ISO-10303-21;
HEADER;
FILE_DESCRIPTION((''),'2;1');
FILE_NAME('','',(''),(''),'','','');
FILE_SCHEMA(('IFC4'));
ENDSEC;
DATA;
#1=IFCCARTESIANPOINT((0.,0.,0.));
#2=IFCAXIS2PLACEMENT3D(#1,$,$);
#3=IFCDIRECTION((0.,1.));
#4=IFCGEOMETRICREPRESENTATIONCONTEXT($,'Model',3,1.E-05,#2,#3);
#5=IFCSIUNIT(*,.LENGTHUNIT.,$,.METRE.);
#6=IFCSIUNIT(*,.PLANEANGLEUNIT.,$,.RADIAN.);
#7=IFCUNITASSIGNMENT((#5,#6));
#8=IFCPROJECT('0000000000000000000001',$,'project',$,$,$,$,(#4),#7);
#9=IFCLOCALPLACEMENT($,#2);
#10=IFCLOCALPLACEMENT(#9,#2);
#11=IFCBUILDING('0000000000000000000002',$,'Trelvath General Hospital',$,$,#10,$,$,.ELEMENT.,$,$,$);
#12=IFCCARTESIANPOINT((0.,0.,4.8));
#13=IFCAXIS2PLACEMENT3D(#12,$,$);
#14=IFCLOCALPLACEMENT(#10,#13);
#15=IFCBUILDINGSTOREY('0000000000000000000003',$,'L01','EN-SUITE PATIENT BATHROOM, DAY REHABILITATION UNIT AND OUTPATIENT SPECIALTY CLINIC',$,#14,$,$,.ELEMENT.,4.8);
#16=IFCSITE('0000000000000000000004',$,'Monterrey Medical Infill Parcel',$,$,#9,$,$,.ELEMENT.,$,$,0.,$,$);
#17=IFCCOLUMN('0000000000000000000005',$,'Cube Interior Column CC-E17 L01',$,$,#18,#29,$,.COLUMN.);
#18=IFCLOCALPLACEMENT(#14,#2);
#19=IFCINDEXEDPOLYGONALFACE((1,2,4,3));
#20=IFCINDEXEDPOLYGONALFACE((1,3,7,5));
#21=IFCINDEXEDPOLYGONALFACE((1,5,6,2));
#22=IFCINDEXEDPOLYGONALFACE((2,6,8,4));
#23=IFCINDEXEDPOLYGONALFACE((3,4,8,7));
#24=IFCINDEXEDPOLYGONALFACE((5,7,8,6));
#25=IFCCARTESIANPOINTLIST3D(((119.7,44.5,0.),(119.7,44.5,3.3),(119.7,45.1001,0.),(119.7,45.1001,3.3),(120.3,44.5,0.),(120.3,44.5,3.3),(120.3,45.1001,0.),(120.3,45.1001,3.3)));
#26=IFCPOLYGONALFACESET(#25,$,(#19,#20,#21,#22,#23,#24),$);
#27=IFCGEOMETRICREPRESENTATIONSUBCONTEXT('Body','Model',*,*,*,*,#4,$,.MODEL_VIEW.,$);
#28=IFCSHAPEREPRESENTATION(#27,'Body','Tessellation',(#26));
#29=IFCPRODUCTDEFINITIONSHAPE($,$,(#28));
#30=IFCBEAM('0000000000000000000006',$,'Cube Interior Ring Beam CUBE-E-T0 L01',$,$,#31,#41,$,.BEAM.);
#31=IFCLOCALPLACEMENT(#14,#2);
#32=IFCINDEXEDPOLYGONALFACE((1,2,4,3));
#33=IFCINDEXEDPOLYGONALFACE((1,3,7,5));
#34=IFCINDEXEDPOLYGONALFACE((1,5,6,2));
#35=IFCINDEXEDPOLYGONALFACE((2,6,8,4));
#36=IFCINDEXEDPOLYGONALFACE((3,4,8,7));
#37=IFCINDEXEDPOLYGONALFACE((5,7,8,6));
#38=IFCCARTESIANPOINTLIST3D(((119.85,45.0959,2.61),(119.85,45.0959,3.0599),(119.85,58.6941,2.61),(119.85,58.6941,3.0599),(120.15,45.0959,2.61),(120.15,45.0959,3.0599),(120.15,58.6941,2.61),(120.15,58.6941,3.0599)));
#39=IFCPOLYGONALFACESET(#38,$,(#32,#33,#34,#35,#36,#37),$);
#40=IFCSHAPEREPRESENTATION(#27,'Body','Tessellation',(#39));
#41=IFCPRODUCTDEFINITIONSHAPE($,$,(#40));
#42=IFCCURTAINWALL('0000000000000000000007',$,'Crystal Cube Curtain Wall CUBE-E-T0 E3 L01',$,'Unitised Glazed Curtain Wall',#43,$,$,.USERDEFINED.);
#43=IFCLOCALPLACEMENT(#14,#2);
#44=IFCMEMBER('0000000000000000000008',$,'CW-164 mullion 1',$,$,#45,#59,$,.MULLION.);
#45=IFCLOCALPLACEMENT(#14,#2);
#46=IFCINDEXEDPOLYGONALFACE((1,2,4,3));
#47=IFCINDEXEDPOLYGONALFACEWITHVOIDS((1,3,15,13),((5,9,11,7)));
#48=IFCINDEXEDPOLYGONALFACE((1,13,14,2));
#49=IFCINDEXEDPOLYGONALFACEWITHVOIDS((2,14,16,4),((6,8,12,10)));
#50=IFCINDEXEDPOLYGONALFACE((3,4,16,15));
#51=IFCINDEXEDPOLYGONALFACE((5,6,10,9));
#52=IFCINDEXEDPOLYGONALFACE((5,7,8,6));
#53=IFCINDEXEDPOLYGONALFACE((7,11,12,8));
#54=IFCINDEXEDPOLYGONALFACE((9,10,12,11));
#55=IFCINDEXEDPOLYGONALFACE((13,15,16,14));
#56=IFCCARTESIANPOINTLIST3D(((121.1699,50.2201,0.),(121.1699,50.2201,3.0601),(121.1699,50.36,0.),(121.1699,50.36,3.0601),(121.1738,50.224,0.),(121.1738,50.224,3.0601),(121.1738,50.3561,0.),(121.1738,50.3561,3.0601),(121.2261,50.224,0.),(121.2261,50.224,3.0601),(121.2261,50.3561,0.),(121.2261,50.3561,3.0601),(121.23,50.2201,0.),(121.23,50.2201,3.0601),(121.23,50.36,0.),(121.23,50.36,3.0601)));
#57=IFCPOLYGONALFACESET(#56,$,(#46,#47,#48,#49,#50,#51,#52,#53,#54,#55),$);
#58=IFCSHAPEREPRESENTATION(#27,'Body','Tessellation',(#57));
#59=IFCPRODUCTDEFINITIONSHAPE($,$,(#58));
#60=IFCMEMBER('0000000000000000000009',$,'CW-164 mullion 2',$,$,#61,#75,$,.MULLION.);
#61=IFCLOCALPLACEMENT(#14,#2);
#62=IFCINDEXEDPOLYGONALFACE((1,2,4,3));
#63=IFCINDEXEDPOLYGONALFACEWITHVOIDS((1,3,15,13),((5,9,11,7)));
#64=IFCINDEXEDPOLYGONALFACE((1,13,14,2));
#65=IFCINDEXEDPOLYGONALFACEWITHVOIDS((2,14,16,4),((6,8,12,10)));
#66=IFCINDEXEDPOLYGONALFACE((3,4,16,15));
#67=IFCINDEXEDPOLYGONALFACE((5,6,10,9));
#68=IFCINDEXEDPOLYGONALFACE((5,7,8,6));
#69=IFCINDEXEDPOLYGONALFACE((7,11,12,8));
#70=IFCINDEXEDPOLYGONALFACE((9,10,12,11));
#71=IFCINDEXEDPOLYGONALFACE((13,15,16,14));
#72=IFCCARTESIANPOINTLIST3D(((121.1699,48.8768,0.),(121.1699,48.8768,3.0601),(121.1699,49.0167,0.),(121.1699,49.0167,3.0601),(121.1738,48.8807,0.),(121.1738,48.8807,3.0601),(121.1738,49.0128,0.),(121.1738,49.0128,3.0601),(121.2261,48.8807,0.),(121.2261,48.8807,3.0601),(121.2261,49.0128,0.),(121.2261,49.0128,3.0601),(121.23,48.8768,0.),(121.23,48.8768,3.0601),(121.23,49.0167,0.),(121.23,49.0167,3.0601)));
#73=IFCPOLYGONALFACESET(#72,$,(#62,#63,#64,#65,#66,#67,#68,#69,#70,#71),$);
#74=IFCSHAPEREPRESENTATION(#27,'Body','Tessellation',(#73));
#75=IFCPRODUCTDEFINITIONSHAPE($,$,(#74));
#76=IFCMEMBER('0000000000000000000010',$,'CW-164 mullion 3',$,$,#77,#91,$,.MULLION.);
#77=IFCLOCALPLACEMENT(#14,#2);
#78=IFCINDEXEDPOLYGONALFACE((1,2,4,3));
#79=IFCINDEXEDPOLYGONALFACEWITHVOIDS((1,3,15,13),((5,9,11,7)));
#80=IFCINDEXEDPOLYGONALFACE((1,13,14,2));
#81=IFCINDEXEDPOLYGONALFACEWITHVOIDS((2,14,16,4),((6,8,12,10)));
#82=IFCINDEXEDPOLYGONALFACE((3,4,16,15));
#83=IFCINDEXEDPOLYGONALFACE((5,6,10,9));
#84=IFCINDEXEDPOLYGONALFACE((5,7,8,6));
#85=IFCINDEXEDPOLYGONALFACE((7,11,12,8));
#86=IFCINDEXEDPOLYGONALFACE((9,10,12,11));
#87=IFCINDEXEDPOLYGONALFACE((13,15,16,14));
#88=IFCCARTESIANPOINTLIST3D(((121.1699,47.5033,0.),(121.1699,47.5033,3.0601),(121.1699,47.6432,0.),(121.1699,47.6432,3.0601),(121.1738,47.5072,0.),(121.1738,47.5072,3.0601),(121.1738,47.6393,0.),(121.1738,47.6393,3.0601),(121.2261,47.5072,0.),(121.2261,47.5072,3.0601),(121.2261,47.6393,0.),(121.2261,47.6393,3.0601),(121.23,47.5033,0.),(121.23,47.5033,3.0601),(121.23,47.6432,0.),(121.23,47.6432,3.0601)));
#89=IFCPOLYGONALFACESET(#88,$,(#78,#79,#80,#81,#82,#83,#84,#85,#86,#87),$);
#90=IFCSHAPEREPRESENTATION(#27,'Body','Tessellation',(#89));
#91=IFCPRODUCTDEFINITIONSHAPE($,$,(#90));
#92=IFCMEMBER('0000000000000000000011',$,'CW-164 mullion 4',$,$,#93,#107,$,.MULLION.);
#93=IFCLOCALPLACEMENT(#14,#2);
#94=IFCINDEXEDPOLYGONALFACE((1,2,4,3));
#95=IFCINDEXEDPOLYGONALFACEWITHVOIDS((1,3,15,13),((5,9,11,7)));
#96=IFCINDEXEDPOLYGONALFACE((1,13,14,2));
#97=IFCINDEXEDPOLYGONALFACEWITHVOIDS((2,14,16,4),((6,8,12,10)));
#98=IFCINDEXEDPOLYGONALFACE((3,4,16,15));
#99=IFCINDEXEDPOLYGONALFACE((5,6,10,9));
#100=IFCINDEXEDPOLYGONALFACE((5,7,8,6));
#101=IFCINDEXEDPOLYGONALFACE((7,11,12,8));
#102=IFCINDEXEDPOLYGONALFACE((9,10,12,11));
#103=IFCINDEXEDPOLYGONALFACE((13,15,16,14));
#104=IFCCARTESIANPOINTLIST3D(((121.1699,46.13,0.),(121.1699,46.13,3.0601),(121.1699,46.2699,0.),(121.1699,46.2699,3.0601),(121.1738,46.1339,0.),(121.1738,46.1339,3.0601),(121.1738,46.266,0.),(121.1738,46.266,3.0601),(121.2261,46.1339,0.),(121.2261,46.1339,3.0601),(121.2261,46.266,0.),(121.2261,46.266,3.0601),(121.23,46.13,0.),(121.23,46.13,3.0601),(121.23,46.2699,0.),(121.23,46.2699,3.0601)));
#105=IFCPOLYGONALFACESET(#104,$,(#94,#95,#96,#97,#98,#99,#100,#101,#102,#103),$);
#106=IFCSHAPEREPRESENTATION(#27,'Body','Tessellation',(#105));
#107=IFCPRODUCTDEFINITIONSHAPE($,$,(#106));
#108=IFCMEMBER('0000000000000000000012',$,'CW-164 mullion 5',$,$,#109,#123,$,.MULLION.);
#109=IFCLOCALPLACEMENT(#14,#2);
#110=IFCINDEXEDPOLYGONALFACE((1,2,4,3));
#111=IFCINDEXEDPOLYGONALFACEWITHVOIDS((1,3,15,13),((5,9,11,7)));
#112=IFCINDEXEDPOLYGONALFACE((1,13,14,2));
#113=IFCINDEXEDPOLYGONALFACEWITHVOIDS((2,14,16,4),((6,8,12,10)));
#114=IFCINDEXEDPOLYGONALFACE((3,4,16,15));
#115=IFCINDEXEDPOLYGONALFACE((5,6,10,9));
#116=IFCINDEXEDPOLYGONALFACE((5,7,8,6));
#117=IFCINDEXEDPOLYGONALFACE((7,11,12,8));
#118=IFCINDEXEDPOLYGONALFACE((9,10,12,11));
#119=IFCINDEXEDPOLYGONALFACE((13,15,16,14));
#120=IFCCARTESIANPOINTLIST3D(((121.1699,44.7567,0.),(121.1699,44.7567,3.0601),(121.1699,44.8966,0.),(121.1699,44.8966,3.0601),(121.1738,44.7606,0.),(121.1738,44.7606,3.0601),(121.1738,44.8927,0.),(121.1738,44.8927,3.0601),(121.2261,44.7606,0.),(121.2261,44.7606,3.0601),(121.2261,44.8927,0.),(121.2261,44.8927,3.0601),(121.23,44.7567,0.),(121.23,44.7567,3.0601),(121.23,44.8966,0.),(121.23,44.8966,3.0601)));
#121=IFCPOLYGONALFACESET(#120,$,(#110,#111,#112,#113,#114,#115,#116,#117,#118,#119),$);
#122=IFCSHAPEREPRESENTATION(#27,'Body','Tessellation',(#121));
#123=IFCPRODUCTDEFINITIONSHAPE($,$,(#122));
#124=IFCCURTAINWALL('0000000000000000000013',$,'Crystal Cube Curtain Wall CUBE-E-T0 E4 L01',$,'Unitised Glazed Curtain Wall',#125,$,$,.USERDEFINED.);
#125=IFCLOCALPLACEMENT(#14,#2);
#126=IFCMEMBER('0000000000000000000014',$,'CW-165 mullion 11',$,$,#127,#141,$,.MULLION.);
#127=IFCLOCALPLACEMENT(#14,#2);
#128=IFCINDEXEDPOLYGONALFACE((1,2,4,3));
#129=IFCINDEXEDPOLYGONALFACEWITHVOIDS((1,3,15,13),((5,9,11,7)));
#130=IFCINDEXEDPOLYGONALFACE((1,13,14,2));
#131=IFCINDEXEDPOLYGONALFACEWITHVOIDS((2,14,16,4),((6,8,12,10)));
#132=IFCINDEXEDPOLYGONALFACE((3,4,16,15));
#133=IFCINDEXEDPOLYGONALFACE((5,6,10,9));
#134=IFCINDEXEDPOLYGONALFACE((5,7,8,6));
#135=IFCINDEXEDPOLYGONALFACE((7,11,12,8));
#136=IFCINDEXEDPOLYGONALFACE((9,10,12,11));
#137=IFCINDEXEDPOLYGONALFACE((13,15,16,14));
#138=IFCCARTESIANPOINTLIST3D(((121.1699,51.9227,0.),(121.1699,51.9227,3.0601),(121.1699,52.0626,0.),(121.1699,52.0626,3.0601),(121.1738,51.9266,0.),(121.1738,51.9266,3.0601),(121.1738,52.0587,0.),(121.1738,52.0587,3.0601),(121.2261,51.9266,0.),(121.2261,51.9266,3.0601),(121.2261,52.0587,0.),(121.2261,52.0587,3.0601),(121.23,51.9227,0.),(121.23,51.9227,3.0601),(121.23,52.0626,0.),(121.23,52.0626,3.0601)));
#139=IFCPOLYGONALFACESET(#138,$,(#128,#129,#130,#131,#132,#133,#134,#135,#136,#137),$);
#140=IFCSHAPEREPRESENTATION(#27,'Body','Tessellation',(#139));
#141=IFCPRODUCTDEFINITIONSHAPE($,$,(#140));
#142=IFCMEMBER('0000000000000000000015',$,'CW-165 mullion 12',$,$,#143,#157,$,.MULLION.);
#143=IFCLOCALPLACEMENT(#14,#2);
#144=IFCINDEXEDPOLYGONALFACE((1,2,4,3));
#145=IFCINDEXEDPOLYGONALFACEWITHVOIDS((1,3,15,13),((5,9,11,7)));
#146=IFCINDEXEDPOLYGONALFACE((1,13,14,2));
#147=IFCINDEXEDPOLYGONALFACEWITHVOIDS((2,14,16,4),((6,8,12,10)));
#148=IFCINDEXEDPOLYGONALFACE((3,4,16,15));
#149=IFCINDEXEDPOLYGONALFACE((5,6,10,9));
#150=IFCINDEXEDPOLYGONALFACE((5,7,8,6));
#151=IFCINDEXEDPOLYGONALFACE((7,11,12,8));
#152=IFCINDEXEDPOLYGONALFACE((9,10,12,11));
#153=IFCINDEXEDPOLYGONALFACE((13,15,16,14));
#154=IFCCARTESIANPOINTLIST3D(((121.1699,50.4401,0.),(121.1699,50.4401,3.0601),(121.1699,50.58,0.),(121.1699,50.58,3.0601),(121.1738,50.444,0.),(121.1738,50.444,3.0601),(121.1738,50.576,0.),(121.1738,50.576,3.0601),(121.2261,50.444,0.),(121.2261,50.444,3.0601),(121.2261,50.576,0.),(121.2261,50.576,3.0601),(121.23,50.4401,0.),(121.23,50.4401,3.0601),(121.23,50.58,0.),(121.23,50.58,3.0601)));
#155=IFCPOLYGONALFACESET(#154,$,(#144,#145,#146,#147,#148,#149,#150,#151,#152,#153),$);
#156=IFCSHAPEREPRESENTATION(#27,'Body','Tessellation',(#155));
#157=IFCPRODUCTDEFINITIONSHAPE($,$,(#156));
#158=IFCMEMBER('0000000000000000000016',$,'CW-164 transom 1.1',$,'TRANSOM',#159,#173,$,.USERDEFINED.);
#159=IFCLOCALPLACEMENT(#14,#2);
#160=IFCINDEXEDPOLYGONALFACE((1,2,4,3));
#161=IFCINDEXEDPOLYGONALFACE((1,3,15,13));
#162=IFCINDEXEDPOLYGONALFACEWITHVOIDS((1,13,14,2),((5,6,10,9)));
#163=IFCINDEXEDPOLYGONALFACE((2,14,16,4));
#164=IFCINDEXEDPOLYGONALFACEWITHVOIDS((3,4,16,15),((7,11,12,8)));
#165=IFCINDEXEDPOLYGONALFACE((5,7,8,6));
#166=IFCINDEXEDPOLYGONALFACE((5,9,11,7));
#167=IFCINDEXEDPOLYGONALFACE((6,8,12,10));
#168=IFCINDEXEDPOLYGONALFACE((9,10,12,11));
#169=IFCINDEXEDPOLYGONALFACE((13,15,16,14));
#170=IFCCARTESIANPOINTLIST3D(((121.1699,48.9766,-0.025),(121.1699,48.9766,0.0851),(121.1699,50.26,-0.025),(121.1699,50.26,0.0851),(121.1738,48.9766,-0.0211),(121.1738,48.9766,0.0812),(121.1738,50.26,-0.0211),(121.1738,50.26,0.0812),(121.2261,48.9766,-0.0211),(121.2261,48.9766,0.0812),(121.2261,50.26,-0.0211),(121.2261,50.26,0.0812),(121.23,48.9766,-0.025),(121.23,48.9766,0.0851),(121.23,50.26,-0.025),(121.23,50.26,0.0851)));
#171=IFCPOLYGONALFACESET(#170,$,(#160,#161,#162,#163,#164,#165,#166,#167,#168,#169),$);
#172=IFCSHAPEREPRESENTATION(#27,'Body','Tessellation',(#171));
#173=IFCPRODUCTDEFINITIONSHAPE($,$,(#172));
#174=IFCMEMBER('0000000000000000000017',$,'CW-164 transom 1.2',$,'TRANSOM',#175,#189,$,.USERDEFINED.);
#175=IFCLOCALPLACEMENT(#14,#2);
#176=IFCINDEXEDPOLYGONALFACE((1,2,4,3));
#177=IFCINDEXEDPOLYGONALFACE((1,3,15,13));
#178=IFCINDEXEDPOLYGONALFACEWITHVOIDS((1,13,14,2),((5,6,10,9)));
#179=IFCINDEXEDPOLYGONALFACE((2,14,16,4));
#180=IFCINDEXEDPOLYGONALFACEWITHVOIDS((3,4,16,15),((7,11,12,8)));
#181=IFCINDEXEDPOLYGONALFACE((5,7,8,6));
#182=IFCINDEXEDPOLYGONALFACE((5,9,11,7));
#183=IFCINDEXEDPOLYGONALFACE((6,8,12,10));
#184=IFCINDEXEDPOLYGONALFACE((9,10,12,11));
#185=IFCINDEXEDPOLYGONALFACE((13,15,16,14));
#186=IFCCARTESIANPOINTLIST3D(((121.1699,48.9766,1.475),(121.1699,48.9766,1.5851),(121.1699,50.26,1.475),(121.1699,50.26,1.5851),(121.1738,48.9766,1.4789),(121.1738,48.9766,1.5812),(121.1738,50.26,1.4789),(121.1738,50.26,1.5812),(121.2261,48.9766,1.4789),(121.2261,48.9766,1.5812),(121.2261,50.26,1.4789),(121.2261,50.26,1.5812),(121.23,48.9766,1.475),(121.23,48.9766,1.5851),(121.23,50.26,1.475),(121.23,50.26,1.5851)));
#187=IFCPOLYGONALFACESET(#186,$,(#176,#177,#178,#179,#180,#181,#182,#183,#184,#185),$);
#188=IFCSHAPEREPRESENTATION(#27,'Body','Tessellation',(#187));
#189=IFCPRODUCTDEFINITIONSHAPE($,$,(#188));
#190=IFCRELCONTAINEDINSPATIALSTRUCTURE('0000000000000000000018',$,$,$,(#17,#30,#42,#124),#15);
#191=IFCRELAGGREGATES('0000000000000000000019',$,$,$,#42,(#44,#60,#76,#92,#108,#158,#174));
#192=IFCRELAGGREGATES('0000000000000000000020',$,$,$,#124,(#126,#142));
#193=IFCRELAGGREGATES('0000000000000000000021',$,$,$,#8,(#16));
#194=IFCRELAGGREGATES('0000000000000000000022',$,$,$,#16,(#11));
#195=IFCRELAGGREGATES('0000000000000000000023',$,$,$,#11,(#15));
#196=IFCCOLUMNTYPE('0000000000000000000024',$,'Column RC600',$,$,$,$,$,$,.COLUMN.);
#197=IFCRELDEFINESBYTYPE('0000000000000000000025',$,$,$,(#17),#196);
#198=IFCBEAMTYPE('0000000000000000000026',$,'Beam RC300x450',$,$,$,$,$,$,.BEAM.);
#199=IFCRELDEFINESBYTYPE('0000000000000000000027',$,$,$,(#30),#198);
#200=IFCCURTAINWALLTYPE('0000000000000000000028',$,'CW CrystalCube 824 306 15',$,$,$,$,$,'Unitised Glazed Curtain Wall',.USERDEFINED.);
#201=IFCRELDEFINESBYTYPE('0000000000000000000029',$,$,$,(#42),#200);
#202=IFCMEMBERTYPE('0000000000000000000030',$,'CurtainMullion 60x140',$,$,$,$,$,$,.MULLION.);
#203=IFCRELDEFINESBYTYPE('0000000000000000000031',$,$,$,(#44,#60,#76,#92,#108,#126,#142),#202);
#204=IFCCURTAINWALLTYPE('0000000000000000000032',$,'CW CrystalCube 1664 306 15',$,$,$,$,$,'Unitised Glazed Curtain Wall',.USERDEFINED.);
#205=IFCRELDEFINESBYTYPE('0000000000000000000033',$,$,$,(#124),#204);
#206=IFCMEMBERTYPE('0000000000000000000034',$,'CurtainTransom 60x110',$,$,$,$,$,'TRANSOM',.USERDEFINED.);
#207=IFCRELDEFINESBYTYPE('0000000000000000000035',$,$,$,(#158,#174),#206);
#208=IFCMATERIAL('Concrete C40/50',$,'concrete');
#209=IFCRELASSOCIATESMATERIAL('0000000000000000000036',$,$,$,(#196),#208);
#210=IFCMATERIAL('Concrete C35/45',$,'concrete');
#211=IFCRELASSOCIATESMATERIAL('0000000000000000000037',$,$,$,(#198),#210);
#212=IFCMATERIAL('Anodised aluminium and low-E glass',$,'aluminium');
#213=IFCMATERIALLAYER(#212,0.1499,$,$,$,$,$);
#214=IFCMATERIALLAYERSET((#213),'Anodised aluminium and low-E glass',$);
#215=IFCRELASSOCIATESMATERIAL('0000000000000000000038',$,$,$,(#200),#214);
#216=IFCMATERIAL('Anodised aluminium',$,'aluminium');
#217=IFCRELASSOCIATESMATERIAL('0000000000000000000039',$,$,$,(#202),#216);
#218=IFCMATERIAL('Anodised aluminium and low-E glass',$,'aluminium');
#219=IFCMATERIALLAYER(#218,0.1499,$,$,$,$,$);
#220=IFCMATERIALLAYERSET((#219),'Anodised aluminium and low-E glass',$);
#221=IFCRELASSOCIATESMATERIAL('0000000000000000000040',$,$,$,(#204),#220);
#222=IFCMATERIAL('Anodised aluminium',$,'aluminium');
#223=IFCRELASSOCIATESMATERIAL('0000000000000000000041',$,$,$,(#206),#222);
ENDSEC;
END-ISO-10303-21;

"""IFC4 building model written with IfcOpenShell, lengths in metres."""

from ifc_helpers import new_model, si_unit, direction, frame, origin, origin_2d, place, context, subcontext, project, spatial, rectangle, hollow_rectangle, extrude, material, layer, layer_set, material_profile, profile_set, type_object, element, aggregate, save


model = new_model("IFC4")

# Units and contexts
model_context = context("Model", 3, precision=1e-05, world=origin(), true_north=direction((0.0, 1.0)))
body_context = subcontext(model_context, "Body", "Model", "MODEL_VIEW")
ifc_project = project(units=[si_unit("LENGTHUNIT", "METRE"), si_unit("PLANEANGLEUNIT", "RADIAN")], contexts=[model_context])

# Site, building, storey
site_placement = place(None, origin())
site = spatial("IfcSite", under=ifc_project, at=site_placement, Name="Monterrey Medical Infill Parcel", CompositionType="ELEMENT", RefElevation=0.0)
building_placement = place(site_placement, origin())
building = spatial("IfcBuilding", under=site, at=building_placement, Name="Trelvath General Hospital", CompositionType="ELEMENT")
storey_placement = place(building_placement, frame((0.0, 0.0, 4.8)))
storey = spatial("IfcBuildingStorey", under=building, at=storey_placement, Name="L01", Description="EN-SUITE PATIENT BATHROOM, DAY REHABILITATION UNIT AND OUTPATIENT SPECIALTY CLINIC", CompositionType="ELEMENT", Elevation=4.8)

# Column
ifc_material_1 = material(Name="Concrete C40/50", Category="concrete")
ifc_material_profile_1 = material_profile(ifc_material_1, rectangle(XDim=0.6001, YDim=0.6001, at=origin_2d()), Name="RC600x600")
ifc_profile_set_1 = profile_set([ifc_material_profile_1], Name="Concrete C40/50")
column_type = type_object("IfcColumnType", Name="Column RC600", PredefinedType="COLUMN", material=ifc_profile_set_1)
column_placement = place(storey_placement, frame((120.0, 44.8, 0.0), z_axis=(0.0, 0.0, 1.0), x_axis=(1.0, 0.0, 0.0)))
element("IfcColumn", 1, at=column_placement, inside=storey, type_object=column_type, Name="Cube Interior Column CC-E17 L01", PredefinedType="COLUMN", context=body_context, shape_type="SweptSolid", body=[
    extrude(rectangle(XDim=0.6001, YDim=0.6001, at=origin_2d()), origin(), (0.0, 0.0, 1.0), 3.3),
])

# Beam
ifc_material_2 = material(Name="Concrete C35/45", Category="concrete")
ifc_material_profile_2 = material_profile(ifc_material_2, rectangle(XDim=0.3, YDim=0.45, at=origin_2d()), Name="RCB300x450")
ifc_profile_set_2 = profile_set([ifc_material_profile_2], Name="Concrete C35/45")
beam_type = type_object("IfcBeamType", Name="Beam RC300x450", PredefinedType="BEAM", material=ifc_profile_set_2)
beam_placement = place(storey_placement, frame((120.0, 45.0959, 2.835), z_axis=(0.0, 1.0, 0.0), x_axis=(-1.0, 0.0, 0.0)))
element("IfcBeam", 2, at=beam_placement, inside=storey, type_object=beam_type, Name="Cube Interior Ring Beam CUBE-E-T0 L01", PredefinedType="BEAM", context=body_context, shape_type="SweptSolid", body=[
    extrude(rectangle(XDim=0.3, YDim=0.45, at=origin_2d()), origin(), (0.0, 0.0, 1.0), 13.5981),
])

# Curtain walls, members
ifc_material_3 = material(Name="Anodised aluminium and low-E glass", Category="aluminium")
ifc_layer_1 = layer(ifc_material_3, 0.1499)
ifc_layer_set_1 = layer_set([ifc_layer_1], Name="Anodised aluminium and low-E glass")
curtain_wall_type_1 = type_object("IfcCurtainWallType", Name="CW CrystalCube 824 306 15", ElementType="Unitised Glazed Curtain Wall", PredefinedType="USERDEFINED", material=ifc_layer_set_1)
curtain_wall_1_placement = place(storey_placement, origin())
curtain_wall_1 = element("IfcCurtainWall", 3, at=curtain_wall_1_placement, inside=storey, type_object=curtain_wall_type_1, Name="Crystal Cube Curtain Wall CUBE-E-T0 E3 L01", ObjectType="Unitised Glazed Curtain Wall", PredefinedType="USERDEFINED")
ifc_material_4 = material(Name="Anodised aluminium", Category="aluminium")
ifc_material_profile_3 = material_profile(ifc_material_4, hollow_rectangle(XDim=0.0601, YDim=0.1399, WallThickness=0.0039, at=origin_2d()), Name="RHS60x140x4")
ifc_profile_set_3 = profile_set([ifc_material_profile_3], Name="Anodised aluminium")
member_type_1 = type_object("IfcMemberType", Name="CurtainMullion 60x140", PredefinedType="MULLION", material=ifc_profile_set_3)
member_1_placement = place(storey_placement, frame((121.2, 50.29, 0.0), z_axis=(0.0, 0.0, 1.0), x_axis=(1.0, 0.0, 0.0)))
member_1 = element("IfcMember", 4, at=member_1_placement, type_object=member_type_1, Name="CW-164 mullion 1", PredefinedType="MULLION", context=body_context, shape_type="SweptSolid", body=[
    extrude(hollow_rectangle(XDim=0.0601, YDim=0.1399, WallThickness=0.0039, at=origin_2d()), origin(), (0.0, 0.0, 1.0), 3.0601),
])
member_2_placement = place(storey_placement, frame((121.2, 48.9468, 0.0), z_axis=(0.0, 0.0, 1.0), x_axis=(1.0, 0.0, 0.0)))
member_2 = element("IfcMember", 5, at=member_2_placement, type_object=member_type_1, Name="CW-164 mullion 2", PredefinedType="MULLION", context=body_context, shape_type="SweptSolid", body=[
    extrude(hollow_rectangle(XDim=0.0601, YDim=0.1399, WallThickness=0.0039, at=origin_2d()), origin(), (0.0, 0.0, 1.0), 3.0601),
])
member_3_placement = place(storey_placement, frame((121.2, 47.5732, 0.0), z_axis=(0.0, 0.0, 1.0), x_axis=(1.0, 0.0, 0.0)))
member_3 = element("IfcMember", 6, at=member_3_placement, type_object=member_type_1, Name="CW-164 mullion 3", PredefinedType="MULLION", context=body_context, shape_type="SweptSolid", body=[
    extrude(hollow_rectangle(XDim=0.0601, YDim=0.1399, WallThickness=0.0039, at=origin_2d()), origin(), (0.0, 0.0, 1.0), 3.0601),
])
member_4_placement = place(storey_placement, frame((121.2, 46.2, 0.0), z_axis=(0.0, 0.0, 1.0), x_axis=(1.0, 0.0, 0.0)))
member_4 = element("IfcMember", 7, at=member_4_placement, type_object=member_type_1, Name="CW-164 mullion 4", PredefinedType="MULLION", context=body_context, shape_type="SweptSolid", body=[
    extrude(hollow_rectangle(XDim=0.0601, YDim=0.1399, WallThickness=0.0039, at=origin_2d()), origin(), (0.0, 0.0, 1.0), 3.0601),
])
member_5_placement = place(storey_placement, frame((121.2, 44.8267, 0.0), z_axis=(0.0, 0.0, 1.0), x_axis=(1.0, 0.0, 0.0)))
member_5 = element("IfcMember", 8, at=member_5_placement, type_object=member_type_1, Name="CW-164 mullion 5", PredefinedType="MULLION", context=body_context, shape_type="SweptSolid", body=[
    extrude(hollow_rectangle(XDim=0.0601, YDim=0.1399, WallThickness=0.0039, at=origin_2d()), origin(), (0.0, 0.0, 1.0), 3.0601),
])
ifc_material_5 = material(Name="Anodised aluminium and low-E glass", Category="aluminium")
ifc_layer_2 = layer(ifc_material_5, 0.1499)
ifc_layer_set_2 = layer_set([ifc_layer_2], Name="Anodised aluminium and low-E glass")
curtain_wall_type_2 = type_object("IfcCurtainWallType", Name="CW CrystalCube 1664 306 15", ElementType="Unitised Glazed Curtain Wall", PredefinedType="USERDEFINED", material=ifc_layer_set_2)
curtain_wall_2_placement = place(storey_placement, origin())
curtain_wall_2 = element("IfcCurtainWall", 9, at=curtain_wall_2_placement, inside=storey, type_object=curtain_wall_type_2, Name="Crystal Cube Curtain Wall CUBE-E-T0 E4 L01", ObjectType="Unitised Glazed Curtain Wall", PredefinedType="USERDEFINED")
member_6_placement = place(storey_placement, frame((121.2, 51.9927, 0.0), z_axis=(0.0, 0.0, 1.0), x_axis=(1.0, 0.0, 0.0)))
member_6 = element("IfcMember", 10, at=member_6_placement, type_object=member_type_1, Name="CW-165 mullion 11", PredefinedType="MULLION", context=body_context, shape_type="SweptSolid", body=[
    extrude(hollow_rectangle(XDim=0.0601, YDim=0.1399, WallThickness=0.0039, at=origin_2d()), origin(), (0.0, 0.0, 1.0), 3.0601),
])
member_7_placement = place(storey_placement, frame((121.2, 50.51, 0.0), z_axis=(0.0, 0.0, 1.0), x_axis=(1.0, 0.0, 0.0)))
member_7 = element("IfcMember", 11, at=member_7_placement, type_object=member_type_1, Name="CW-165 mullion 12", PredefinedType="MULLION", context=body_context, shape_type="SweptSolid", body=[
    extrude(hollow_rectangle(XDim=0.0601, YDim=0.1399, WallThickness=0.0039, at=origin_2d()), origin(), (0.0, 0.0, 1.0), 3.0601),
])

# Members
ifc_material_6 = material(Name="Anodised aluminium", Category="aluminium")
ifc_material_profile_4 = material_profile(ifc_material_6, hollow_rectangle(XDim=0.0601, YDim=0.1101, WallThickness=0.0039, at=origin_2d()), Name="RHS60x110x4")
ifc_profile_set_4 = profile_set([ifc_material_profile_4], Name="Anodised aluminium")
member_type_2 = type_object("IfcMemberType", Name="CurtainTransom 60x110", ElementType="TRANSOM", PredefinedType="USERDEFINED", material=ifc_profile_set_4)
member_8_placement = place(storey_placement, frame((121.2, 50.26, 0.03), z_axis=(0.0, -1.0, 0.0), x_axis=(1.0, 0.0, 0.0)))
member_8 = element("IfcMember", 12, at=member_8_placement, type_object=member_type_2, Name="CW-164 transom 1.1", ObjectType="TRANSOM", PredefinedType="USERDEFINED", context=body_context, shape_type="SweptSolid", body=[
    extrude(hollow_rectangle(XDim=0.0601, YDim=0.1101, WallThickness=0.0039, at=origin_2d()), origin(), (0.0, 0.0, 1.0), 1.2834),
])
member_9_placement = place(storey_placement, frame((121.2, 50.26, 1.53), z_axis=(0.0, -1.0, 0.0), x_axis=(1.0, 0.0, 0.0)))
member_9 = element("IfcMember", 13, at=member_9_placement, type_object=member_type_2, Name="CW-164 transom 1.2", ObjectType="TRANSOM", PredefinedType="USERDEFINED", context=body_context, shape_type="SweptSolid", body=[
    extrude(hollow_rectangle(XDim=0.0601, YDim=0.1101, WallThickness=0.0039, at=origin_2d()), origin(), (0.0, 0.0, 1.0), 1.2834),
])

aggregate(curtain_wall_1, [member_1, member_2, member_3, member_4, member_5, member_8, member_9])
aggregate(curtain_wall_2, [member_6, member_7])

save(model, "model.ifc")
